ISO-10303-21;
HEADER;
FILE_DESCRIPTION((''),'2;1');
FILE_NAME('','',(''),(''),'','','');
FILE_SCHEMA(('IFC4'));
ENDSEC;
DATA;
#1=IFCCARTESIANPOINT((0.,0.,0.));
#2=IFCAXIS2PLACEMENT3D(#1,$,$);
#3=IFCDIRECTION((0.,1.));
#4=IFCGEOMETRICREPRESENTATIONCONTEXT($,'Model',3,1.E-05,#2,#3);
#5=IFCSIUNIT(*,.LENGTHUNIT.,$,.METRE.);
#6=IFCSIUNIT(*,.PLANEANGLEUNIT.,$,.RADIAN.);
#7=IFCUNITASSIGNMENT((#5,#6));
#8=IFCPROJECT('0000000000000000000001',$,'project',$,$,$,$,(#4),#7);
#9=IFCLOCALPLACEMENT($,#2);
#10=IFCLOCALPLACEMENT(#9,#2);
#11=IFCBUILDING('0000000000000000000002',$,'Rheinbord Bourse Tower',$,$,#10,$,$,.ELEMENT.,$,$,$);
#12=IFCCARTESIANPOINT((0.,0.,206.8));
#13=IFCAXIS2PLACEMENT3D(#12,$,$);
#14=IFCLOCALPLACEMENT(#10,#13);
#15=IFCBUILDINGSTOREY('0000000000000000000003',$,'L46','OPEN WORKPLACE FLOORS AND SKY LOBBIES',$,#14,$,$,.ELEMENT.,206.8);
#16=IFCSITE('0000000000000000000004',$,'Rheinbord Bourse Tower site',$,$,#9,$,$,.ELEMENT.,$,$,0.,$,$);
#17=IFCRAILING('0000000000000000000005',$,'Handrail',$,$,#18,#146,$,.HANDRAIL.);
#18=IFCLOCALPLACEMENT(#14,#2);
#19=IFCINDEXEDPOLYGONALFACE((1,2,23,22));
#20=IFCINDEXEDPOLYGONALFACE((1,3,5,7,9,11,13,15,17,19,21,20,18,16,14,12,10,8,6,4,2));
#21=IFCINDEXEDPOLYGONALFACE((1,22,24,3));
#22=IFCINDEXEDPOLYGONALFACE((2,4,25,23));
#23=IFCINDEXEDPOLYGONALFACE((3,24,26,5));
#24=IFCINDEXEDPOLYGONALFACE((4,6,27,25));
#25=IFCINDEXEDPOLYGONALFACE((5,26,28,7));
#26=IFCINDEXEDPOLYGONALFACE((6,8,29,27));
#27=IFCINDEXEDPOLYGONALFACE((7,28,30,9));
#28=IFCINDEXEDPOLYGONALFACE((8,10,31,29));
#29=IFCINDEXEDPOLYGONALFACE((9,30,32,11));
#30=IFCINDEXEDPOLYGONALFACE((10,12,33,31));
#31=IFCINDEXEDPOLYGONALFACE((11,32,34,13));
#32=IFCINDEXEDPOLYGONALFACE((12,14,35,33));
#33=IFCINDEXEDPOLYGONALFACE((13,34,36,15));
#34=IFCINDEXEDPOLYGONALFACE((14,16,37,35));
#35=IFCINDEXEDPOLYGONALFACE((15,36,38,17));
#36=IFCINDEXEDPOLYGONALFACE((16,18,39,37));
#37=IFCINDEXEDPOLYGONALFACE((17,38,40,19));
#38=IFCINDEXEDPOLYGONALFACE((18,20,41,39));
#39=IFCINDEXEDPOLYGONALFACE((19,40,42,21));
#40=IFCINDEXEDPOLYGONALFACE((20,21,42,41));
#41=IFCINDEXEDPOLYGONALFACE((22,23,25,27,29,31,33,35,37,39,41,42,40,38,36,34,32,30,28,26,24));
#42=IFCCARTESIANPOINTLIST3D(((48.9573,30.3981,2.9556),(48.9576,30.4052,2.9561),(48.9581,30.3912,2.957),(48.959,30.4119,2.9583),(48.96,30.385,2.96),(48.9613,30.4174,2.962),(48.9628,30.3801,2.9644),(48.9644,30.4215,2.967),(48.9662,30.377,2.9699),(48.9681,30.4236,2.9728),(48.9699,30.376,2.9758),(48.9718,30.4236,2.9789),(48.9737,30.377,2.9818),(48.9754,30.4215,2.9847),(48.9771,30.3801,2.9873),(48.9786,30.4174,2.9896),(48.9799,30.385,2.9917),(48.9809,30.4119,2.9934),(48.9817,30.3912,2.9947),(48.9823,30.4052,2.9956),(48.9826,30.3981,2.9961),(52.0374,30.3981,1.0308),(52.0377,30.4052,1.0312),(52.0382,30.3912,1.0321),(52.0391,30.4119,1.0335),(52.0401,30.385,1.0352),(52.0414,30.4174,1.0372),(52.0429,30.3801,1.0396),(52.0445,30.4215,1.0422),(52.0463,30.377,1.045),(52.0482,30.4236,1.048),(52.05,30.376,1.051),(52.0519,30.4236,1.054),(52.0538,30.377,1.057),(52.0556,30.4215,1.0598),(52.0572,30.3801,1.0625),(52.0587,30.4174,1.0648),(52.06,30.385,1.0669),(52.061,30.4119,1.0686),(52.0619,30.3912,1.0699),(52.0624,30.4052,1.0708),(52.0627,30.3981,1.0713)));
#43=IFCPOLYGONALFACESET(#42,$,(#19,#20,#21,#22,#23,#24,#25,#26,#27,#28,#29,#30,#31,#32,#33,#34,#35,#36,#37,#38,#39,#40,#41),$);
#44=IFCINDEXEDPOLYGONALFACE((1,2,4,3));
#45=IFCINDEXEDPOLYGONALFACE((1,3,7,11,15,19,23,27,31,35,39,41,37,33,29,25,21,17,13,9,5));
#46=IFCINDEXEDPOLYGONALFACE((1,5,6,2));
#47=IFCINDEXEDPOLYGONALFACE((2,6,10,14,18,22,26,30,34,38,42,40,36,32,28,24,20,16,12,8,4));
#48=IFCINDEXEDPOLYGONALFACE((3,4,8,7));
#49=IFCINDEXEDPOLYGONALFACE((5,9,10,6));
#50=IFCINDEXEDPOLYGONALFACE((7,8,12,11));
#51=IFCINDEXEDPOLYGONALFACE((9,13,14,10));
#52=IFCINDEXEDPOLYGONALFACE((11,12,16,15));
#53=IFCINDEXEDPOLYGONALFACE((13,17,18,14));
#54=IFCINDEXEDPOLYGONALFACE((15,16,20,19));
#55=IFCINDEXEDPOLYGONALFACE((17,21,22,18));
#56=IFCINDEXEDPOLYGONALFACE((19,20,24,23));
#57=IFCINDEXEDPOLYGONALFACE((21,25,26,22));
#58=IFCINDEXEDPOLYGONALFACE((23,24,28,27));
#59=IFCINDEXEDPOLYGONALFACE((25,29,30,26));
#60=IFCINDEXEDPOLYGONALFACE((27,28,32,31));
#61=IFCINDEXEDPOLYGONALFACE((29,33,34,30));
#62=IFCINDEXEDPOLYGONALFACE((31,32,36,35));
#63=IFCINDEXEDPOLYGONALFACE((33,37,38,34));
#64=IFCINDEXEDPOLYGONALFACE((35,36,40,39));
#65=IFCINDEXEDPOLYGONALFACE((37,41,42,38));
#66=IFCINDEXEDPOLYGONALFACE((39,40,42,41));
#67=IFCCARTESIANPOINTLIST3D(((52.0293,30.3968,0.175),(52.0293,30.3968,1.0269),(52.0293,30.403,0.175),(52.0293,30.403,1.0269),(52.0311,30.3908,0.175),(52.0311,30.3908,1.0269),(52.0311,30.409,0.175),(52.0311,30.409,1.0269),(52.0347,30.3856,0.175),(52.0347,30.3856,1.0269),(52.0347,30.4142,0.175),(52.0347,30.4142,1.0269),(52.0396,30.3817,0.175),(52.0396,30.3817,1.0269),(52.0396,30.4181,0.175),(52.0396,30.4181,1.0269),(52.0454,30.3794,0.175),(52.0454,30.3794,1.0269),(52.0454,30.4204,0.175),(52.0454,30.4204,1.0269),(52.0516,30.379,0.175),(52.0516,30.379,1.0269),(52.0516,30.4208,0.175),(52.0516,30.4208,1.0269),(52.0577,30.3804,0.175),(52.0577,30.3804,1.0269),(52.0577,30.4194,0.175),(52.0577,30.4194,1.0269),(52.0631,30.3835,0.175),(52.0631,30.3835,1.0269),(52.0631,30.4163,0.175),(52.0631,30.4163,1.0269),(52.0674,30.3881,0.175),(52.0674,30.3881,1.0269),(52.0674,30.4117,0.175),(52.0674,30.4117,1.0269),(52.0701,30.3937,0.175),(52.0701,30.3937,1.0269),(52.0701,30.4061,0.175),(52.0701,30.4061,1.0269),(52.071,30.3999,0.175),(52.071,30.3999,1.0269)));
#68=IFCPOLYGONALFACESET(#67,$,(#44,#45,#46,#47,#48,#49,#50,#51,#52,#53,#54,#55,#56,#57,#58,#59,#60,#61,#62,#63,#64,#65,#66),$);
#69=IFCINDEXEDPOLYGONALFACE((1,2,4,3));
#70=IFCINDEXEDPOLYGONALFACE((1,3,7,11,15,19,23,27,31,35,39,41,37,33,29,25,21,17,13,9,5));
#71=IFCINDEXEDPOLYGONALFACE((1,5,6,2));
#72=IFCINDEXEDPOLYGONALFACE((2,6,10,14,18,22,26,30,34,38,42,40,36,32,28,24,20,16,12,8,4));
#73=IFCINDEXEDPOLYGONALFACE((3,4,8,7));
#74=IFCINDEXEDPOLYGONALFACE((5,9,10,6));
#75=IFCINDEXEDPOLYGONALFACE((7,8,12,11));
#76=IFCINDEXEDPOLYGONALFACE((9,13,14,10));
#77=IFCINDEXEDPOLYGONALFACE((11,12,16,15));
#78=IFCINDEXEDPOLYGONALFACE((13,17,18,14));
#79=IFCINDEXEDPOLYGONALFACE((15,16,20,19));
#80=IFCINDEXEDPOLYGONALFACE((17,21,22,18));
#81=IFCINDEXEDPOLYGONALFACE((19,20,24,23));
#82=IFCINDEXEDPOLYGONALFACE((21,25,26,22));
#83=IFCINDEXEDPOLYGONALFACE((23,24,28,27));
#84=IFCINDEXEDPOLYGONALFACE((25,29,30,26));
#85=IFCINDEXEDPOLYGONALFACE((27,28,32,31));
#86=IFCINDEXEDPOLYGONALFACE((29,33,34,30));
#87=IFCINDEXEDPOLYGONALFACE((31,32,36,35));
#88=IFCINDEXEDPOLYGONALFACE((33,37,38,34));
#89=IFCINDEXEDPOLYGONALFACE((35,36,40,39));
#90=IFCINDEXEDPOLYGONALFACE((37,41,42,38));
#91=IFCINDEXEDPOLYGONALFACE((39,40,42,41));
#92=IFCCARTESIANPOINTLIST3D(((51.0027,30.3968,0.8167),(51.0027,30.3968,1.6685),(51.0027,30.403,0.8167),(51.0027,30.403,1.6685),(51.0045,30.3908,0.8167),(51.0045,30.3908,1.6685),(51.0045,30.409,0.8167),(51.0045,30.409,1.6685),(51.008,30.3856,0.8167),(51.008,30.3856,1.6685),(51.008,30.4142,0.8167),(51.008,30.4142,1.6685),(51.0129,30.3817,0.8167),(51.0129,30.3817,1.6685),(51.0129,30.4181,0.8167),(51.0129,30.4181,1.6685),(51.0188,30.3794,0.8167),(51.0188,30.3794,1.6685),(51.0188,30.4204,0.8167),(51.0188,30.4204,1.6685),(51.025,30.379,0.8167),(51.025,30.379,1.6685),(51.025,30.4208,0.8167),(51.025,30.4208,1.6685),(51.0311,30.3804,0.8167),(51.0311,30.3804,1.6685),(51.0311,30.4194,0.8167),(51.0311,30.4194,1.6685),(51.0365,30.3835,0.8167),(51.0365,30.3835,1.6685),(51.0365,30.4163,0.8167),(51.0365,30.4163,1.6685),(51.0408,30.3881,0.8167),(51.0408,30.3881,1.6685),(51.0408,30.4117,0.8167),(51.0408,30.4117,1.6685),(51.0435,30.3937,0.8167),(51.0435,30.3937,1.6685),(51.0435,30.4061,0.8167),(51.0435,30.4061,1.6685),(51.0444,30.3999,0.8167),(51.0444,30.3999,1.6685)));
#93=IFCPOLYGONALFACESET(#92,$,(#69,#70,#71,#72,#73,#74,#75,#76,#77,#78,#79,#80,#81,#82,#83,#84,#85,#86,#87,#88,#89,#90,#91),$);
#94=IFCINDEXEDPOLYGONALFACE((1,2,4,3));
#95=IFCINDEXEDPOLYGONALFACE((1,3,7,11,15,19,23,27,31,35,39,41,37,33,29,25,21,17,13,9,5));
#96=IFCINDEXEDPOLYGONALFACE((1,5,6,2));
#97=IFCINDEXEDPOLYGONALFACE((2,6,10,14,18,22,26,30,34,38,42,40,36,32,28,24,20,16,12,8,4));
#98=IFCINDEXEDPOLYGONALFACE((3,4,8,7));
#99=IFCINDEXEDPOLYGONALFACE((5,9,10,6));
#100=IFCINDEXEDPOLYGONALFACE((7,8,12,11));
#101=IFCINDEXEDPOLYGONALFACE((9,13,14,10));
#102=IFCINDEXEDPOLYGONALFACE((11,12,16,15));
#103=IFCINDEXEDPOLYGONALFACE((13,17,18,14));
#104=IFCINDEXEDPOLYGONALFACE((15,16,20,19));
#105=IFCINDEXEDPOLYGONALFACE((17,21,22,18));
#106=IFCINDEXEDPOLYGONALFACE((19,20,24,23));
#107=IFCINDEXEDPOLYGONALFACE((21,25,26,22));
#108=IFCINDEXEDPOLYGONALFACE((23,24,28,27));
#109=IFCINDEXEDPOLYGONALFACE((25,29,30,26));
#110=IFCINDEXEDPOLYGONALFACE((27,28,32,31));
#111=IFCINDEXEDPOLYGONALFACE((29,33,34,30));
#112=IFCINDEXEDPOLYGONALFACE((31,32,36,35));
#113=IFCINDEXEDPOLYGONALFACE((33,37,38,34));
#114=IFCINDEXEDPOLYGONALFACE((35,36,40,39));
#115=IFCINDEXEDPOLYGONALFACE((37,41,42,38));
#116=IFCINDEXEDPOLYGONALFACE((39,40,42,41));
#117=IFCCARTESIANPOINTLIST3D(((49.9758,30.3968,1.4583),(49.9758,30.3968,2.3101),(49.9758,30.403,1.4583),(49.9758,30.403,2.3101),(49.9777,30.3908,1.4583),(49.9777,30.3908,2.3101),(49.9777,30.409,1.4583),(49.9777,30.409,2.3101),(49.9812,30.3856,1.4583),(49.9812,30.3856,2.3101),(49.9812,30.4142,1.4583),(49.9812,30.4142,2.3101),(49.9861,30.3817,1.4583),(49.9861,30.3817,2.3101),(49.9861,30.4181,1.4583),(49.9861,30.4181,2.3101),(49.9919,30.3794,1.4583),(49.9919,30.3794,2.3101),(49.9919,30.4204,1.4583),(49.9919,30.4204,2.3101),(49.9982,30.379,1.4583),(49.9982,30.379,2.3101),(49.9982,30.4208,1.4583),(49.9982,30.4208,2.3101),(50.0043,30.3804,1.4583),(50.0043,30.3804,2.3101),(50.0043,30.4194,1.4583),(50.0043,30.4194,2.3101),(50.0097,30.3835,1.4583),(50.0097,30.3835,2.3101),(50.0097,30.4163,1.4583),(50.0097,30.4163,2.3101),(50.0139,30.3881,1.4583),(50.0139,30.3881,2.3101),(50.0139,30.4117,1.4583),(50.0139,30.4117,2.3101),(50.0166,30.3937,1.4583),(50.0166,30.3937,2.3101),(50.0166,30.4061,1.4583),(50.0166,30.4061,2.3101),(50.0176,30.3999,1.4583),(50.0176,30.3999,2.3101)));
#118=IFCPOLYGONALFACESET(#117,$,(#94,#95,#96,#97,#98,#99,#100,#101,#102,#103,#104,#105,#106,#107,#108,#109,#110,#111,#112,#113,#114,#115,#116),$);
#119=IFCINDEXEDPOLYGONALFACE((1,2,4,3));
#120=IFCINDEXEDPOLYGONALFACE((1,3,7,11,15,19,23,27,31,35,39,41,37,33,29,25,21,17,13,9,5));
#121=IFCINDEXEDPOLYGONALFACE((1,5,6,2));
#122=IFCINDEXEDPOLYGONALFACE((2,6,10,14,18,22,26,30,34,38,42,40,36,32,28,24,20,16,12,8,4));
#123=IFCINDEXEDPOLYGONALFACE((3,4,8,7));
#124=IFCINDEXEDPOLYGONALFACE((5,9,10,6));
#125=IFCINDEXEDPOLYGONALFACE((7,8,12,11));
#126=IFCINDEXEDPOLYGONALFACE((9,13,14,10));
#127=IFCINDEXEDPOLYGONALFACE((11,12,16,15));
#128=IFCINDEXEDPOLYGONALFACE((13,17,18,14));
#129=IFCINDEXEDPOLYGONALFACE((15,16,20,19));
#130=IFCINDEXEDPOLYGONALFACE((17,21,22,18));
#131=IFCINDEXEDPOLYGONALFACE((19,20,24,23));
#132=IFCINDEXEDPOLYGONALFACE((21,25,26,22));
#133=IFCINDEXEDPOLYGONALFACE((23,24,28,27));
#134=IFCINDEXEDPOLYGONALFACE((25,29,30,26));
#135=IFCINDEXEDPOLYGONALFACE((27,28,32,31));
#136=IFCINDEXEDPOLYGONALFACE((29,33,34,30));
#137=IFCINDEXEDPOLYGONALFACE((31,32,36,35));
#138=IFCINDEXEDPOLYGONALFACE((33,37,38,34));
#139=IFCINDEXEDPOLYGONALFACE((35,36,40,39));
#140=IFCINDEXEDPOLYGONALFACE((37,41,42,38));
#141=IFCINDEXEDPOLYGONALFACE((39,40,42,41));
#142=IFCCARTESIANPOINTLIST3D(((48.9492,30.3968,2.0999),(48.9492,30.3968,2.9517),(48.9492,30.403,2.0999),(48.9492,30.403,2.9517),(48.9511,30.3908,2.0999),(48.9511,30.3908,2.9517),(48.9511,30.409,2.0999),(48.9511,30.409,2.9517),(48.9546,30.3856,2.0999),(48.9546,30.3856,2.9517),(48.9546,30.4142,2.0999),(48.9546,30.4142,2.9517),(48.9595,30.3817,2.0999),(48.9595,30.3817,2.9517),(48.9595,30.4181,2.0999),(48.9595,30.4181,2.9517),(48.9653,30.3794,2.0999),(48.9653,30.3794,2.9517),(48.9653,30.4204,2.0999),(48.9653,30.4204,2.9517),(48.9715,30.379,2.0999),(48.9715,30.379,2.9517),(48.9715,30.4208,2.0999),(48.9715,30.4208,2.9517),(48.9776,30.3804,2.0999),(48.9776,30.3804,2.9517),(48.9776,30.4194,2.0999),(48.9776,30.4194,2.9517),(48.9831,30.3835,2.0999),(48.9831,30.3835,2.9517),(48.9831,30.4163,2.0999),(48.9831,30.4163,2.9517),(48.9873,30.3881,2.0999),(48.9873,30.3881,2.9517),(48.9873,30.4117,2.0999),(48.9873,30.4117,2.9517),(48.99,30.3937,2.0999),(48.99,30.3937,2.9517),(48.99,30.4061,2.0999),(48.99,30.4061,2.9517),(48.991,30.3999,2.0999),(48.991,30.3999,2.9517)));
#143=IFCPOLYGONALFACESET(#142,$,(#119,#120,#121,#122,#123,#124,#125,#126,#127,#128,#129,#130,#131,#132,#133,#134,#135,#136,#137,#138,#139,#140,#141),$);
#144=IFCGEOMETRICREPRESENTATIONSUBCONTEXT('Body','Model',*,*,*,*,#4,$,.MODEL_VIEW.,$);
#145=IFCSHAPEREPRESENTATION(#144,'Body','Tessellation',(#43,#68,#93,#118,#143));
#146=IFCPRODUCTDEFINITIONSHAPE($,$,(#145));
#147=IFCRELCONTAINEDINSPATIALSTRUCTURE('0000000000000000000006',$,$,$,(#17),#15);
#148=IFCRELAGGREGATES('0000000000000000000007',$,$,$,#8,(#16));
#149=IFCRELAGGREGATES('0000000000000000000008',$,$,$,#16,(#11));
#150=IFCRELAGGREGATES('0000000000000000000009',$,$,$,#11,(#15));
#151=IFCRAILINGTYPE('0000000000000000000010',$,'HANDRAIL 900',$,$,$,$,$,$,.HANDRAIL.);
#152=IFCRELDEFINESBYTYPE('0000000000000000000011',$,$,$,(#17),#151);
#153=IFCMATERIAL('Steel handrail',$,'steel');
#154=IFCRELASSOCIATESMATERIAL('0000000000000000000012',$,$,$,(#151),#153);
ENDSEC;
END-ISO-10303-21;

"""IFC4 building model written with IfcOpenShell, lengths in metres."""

from ifc_helpers import new_model, si_unit, direction, frame, origin, origin_2d, place, context, subcontext, project, spatial, circle, extrude, material, type_object, element, save


model = new_model("IFC4")

# Units and contexts
model_context = context("Model", 3, precision=1e-05, world=origin(), true_north=direction((0.0, 1.0)))
body_context = subcontext(model_context, "Body", "Model", "MODEL_VIEW")
ifc_project = project(units=[si_unit("LENGTHUNIT", "METRE"), si_unit("PLANEANGLEUNIT", "RADIAN")], contexts=[model_context])

# Site, building, storey
site_placement = place(None, origin())
site = spatial("IfcSite", under=ifc_project, at=site_placement, Name="Rheinbord Bourse Tower site", CompositionType="ELEMENT", RefElevation=0.0)
building_placement = place(site_placement, origin())
building = spatial("IfcBuilding", under=site, at=building_placement, Name="Rheinbord Bourse Tower", CompositionType="ELEMENT")
storey_placement = place(building_placement, frame((0.0, 0.0, 206.8)))
storey = spatial("IfcBuildingStorey", under=building, at=storey_placement, Name="L46", Description="OPEN WORKPLACE FLOORS AND SKY LOBBIES", CompositionType="ELEMENT", Elevation=206.8)

# Railing
ifc_material_1 = material(Name="Steel handrail", Category="steel")
railing_type = type_object("IfcRailingType", Name="HANDRAIL 900", PredefinedType="HANDRAIL", material=ifc_material_1)
railing_1_placement = place(storey_placement, frame((52.05, 30.3999, 0.175)))
element("IfcRailing", 1, at=railing_1_placement, inside=storey, type_object=railing_type, Name="Handrail", PredefinedType="HANDRAIL", context=body_context, shape_type="SweptSolid", body=[
    extrude(circle(Radius=0.0239, at=origin_2d()), frame((0.0, 0.0, 0.876), z_axis=(-0.848029, 0.0, 0.529951), x_axis=(0.0, -1.0, 0.0)), (0.0, 0.0, 1.0), 3.6321),
    extrude(circle(Radius=0.021, at=origin_2d()), origin(), (0.0, 0.0, 1.0), 0.8518),
    extrude(circle(Radius=0.021, at=origin_2d()), frame((-1.0266, 0.0, 0.6416)), (0.0, 0.0, 1.0), 0.8518),
    extrude(circle(Radius=0.021, at=origin_2d()), frame((-2.0535, 0.0, 1.2832)), (0.0, 0.0, 1.0), 0.8518),
    extrude(circle(Radius=0.021, at=origin_2d()), frame((-3.0801, 0.0, 1.9248)), (0.0, 0.0, 1.0), 0.8518),
])

save(model, "model.ifc")
